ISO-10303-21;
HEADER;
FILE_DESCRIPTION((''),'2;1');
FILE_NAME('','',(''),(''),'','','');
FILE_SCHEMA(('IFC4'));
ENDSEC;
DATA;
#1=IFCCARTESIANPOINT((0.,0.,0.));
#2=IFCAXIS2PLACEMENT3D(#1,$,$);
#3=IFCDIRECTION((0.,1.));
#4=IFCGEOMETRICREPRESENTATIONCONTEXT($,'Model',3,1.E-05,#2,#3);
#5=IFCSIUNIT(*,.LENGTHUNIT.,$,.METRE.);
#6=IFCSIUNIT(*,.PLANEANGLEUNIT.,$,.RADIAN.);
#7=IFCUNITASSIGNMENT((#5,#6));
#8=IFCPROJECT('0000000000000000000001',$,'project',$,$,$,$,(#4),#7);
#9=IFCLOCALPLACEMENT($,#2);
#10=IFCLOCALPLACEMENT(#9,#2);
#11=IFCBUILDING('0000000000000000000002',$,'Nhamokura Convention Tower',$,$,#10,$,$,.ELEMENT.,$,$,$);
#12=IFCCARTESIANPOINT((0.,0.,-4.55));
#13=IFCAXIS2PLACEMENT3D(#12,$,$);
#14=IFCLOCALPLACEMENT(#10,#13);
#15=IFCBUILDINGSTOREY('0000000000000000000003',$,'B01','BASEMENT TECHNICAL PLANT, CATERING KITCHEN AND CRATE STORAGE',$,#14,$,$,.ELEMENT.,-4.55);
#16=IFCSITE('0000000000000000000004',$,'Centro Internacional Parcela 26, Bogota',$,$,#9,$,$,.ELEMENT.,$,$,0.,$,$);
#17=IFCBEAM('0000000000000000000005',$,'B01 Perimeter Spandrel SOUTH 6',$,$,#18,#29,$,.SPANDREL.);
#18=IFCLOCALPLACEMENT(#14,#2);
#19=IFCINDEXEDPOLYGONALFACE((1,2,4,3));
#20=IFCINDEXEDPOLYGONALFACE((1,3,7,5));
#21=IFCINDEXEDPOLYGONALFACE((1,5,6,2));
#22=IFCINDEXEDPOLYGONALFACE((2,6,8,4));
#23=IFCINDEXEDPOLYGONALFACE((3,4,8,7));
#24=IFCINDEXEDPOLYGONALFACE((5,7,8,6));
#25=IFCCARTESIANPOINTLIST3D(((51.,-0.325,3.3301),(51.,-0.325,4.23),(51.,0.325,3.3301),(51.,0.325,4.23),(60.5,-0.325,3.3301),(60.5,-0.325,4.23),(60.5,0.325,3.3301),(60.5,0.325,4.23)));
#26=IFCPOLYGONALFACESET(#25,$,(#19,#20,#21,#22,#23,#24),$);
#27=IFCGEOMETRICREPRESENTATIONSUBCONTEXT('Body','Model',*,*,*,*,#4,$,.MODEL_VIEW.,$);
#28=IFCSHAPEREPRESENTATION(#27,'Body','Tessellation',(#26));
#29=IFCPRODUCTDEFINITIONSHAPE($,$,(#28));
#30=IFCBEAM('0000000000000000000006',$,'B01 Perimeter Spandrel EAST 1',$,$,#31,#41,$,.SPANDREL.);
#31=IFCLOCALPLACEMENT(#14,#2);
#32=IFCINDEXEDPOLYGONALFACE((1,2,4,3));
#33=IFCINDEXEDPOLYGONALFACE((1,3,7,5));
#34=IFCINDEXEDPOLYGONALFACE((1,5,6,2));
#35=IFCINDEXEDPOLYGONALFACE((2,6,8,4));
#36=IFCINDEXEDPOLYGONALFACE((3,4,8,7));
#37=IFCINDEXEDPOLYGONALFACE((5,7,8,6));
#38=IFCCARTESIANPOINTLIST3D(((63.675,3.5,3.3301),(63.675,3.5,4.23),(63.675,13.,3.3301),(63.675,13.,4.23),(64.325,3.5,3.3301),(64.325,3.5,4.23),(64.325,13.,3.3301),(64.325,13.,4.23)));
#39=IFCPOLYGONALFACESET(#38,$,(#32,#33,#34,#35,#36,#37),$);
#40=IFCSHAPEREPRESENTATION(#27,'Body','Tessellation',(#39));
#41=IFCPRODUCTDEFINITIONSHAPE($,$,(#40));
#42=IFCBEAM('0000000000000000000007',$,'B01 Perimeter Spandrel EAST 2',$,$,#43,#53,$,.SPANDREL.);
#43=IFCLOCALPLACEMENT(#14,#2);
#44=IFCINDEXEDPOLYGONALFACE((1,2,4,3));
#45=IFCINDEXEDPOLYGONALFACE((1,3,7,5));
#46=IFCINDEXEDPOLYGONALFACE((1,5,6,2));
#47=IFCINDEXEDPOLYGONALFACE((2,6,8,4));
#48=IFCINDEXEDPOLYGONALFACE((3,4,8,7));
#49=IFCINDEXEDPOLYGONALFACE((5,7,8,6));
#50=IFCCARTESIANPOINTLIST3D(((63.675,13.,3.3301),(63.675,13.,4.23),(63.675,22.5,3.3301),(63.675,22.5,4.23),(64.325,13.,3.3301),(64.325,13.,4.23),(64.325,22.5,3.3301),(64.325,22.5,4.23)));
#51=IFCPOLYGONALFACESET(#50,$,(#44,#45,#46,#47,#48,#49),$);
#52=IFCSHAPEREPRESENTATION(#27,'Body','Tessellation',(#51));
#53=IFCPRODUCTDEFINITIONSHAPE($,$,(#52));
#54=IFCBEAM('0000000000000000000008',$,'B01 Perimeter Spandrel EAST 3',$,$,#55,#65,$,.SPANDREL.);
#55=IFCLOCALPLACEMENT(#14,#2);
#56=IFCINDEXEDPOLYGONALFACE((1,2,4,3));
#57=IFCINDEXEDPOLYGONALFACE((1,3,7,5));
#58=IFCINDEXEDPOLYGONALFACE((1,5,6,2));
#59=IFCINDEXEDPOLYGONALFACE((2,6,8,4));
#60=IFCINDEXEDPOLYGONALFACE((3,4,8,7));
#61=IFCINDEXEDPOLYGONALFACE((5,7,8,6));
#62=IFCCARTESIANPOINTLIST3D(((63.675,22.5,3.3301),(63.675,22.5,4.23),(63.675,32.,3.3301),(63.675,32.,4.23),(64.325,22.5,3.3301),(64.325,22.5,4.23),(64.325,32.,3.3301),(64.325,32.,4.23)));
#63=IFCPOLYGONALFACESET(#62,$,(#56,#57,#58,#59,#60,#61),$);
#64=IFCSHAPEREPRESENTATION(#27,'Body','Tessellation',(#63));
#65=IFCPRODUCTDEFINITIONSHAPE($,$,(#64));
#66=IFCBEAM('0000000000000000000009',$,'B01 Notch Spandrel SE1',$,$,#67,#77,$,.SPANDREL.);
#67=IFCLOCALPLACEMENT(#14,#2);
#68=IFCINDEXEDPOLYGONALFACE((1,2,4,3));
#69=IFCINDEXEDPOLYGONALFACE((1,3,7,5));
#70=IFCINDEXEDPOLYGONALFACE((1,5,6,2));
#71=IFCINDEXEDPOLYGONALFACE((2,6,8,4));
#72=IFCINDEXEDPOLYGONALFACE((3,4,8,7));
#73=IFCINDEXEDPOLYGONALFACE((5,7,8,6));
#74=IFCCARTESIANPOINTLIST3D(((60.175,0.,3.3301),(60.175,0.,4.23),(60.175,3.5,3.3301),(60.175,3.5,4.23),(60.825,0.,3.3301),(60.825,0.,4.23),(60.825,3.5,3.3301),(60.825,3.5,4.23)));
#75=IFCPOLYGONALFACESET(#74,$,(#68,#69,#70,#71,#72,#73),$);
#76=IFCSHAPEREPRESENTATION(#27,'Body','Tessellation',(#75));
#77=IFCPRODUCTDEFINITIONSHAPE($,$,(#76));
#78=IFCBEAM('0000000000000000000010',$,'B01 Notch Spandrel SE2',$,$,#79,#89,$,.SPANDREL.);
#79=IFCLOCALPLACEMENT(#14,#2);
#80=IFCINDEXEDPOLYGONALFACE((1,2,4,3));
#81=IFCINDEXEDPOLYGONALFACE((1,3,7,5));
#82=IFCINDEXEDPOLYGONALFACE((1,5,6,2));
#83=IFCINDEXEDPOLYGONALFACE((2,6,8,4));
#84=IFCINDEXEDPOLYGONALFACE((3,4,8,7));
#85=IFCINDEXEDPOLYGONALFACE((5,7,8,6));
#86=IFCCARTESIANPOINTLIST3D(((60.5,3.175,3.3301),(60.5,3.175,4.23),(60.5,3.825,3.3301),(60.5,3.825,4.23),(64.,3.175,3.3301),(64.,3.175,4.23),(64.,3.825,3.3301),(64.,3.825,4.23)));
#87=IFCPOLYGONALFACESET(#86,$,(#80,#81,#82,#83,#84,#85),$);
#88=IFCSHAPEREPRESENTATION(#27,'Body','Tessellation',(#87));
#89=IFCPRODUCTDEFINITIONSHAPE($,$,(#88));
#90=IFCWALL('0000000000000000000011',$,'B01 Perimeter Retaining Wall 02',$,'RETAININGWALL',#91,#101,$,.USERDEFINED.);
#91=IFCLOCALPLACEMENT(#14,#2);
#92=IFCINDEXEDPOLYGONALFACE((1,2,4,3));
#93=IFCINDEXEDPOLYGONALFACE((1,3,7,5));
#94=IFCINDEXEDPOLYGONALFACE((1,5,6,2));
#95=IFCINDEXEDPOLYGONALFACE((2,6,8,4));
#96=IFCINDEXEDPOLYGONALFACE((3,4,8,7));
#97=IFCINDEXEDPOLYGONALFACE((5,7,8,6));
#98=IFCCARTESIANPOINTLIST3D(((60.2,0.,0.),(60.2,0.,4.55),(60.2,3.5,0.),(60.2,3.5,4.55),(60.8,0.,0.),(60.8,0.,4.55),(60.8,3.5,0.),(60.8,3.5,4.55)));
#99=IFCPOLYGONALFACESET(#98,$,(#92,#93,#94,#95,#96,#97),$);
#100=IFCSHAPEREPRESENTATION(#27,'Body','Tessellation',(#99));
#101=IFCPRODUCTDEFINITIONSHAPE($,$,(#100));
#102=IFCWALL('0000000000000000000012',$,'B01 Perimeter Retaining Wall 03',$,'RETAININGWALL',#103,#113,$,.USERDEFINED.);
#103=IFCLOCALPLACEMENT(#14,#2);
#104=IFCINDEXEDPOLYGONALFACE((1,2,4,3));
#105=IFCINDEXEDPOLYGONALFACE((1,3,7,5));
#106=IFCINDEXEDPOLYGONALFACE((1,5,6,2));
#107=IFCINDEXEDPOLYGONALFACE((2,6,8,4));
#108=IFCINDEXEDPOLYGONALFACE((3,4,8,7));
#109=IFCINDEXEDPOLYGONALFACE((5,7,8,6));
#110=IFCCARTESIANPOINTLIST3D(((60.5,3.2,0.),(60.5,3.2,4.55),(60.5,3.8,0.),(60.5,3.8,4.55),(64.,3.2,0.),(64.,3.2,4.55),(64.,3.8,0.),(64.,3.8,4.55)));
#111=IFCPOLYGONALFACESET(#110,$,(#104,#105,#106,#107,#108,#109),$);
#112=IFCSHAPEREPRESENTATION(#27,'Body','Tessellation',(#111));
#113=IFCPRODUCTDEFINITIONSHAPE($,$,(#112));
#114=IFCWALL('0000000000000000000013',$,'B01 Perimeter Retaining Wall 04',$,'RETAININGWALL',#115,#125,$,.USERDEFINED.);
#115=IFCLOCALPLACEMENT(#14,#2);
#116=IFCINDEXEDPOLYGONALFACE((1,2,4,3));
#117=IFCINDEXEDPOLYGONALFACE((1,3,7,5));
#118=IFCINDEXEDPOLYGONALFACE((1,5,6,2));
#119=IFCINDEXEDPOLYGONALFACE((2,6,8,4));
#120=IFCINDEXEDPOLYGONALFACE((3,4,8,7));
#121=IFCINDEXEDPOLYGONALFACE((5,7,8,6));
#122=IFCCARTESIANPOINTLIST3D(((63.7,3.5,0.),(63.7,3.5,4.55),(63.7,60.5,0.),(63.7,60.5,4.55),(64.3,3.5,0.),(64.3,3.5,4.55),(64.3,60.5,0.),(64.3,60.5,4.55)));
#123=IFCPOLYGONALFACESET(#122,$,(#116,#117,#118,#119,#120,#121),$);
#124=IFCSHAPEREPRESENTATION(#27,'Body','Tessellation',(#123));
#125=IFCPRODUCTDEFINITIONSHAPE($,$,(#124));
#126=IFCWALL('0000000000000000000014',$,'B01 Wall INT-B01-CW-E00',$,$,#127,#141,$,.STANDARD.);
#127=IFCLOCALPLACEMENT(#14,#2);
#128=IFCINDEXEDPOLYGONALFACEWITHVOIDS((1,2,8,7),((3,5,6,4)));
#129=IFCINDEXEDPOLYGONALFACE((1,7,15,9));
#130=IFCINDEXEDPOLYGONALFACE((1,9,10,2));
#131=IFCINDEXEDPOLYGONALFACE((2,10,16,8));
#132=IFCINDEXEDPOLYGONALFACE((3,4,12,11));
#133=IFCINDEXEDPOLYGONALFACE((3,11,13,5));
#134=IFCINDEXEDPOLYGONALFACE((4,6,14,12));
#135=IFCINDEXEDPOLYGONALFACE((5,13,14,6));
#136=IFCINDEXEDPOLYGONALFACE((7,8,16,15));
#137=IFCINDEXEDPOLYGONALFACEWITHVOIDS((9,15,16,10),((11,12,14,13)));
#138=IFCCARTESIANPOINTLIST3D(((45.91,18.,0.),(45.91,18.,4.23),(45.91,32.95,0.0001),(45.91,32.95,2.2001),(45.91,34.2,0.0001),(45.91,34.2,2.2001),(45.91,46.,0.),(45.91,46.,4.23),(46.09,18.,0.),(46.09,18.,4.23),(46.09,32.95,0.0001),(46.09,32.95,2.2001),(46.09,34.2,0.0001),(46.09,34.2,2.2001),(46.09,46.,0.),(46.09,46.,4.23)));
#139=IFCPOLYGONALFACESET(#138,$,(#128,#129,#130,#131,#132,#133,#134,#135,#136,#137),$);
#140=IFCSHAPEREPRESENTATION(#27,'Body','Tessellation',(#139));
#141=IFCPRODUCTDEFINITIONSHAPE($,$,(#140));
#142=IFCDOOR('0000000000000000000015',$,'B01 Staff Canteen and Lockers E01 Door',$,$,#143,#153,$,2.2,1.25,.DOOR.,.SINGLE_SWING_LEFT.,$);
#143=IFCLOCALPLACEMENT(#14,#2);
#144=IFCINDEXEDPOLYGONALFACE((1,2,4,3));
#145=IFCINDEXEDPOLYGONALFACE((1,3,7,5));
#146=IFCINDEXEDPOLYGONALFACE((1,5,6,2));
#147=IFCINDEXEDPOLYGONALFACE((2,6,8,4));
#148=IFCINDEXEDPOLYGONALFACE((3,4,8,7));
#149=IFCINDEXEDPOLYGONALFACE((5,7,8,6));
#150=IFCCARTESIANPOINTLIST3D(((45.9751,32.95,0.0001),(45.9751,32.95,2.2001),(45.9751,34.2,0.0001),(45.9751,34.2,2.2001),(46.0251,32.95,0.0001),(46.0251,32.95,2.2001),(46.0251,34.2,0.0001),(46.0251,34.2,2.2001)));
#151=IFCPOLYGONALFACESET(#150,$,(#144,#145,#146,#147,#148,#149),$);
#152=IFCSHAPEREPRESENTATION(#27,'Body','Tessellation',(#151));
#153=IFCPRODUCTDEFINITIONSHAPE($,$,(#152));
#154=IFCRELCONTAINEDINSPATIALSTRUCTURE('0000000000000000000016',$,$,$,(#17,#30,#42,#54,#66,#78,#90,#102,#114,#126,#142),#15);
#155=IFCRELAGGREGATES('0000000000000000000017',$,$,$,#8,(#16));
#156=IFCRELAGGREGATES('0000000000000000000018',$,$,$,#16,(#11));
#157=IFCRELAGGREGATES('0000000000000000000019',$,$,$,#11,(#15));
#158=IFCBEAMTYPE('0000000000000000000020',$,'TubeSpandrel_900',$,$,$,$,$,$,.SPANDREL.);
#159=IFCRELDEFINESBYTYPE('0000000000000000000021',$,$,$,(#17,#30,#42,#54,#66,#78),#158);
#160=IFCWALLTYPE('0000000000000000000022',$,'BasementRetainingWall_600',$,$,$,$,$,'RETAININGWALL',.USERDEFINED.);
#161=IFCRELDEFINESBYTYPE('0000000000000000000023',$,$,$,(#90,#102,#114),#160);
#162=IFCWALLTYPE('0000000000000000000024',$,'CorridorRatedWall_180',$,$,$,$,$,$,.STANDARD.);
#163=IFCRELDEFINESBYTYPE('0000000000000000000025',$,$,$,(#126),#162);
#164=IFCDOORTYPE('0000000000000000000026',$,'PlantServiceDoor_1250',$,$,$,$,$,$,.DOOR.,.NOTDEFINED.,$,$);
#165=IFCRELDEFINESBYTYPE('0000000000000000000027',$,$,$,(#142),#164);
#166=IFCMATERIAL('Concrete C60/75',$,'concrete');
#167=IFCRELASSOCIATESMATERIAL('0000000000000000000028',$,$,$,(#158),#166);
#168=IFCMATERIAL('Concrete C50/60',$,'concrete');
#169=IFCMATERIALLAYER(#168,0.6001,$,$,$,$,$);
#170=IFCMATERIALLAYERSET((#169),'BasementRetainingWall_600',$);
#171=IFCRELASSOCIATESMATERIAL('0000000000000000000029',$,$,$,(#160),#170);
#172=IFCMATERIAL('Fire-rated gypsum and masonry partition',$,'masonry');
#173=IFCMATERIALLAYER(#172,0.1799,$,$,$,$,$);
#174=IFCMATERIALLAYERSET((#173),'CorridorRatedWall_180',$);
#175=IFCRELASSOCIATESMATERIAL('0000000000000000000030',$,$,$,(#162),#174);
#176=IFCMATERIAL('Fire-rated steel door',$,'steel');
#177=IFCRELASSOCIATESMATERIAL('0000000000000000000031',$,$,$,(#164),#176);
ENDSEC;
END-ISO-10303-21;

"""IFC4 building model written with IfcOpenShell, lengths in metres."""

from ifc_helpers import new_model, si_unit, direction, frame, frame_2d, origin, origin_2d, place, context, subcontext, project, spatial, rectangle, extrude, material, layer, layer_set, material_profile, profile_set, type_object, element, fill, save


model = new_model("IFC4")

# Units and contexts
model_context = context("Model", 3, precision=1e-05, world=origin(), true_north=direction((0.0, 1.0)))
body_context = subcontext(model_context, "Body", "Model", "MODEL_VIEW")
ifc_project = project(units=[si_unit("LENGTHUNIT", "METRE"), si_unit("PLANEANGLEUNIT", "RADIAN")], contexts=[model_context])

# Site, building, storey
site_placement = place(None, origin())
site = spatial("IfcSite", under=ifc_project, at=site_placement, Name="Centro Internacional Parcela 26, Bogota", CompositionType="ELEMENT", RefElevation=0.0)
building_placement = place(site_placement, origin())
building = spatial("IfcBuilding", under=site, at=building_placement, Name="Nhamokura Convention Tower", CompositionType="ELEMENT")
storey_placement = place(building_placement, frame((0.0, 0.0, -4.55)))
storey = spatial("IfcBuildingStorey", under=building, at=storey_placement, Name="B01", Description="BASEMENT TECHNICAL PLANT, CATERING KITCHEN AND CRATE STORAGE", CompositionType="ELEMENT", Elevation=-4.55)

# Beams
ifc_material_1 = material(Name="Concrete C60/75", Category="concrete")
ifc_material_profile_1 = material_profile(ifc_material_1, rectangle(XDim=0.6499, YDim=0.8999, at=origin_2d()))
ifc_profile_set_1 = profile_set([ifc_material_profile_1], Name="Concrete C60/75")
beam_type_1 = type_object("IfcBeamType", Name="TubeSpandrel_900", PredefinedType="SPANDREL", material=ifc_profile_set_1)
for number, where, z_axis, x_axis, name in (
    (1, (51.0, 0.0, 3.78), (1.0, 0.0, 0.0), (0.0, 1.0, 0.0), "B01 Perimeter Spandrel SOUTH 6"),
    (2, (64.0, 3.5, 3.78), (0.0, 1.0, 0.0), (-1.0, 0.0, 0.0), "B01 Perimeter Spandrel EAST 1"),
    (3, (64.0, 13.0, 3.78), (0.0, 1.0, 0.0), (-1.0, 0.0, 0.0), "B01 Perimeter Spandrel EAST 2"),
    (4, (64.0, 22.5, 3.78), (0.0, 1.0, 0.0), (-1.0, 0.0, 0.0), "B01 Perimeter Spandrel EAST 3"),
):
    element("IfcBeam", number, at=place(storey_placement, frame(where, z_axis=z_axis, x_axis=x_axis)), inside=storey, type_object=beam_type_1, Name=name, PredefinedType="SPANDREL", context=body_context, shape_type="SweptSolid", body=[
        extrude(rectangle(XDim=0.6499, YDim=0.8999, at=origin_2d()), origin(), (0.0, 0.0, 1.0), 9.5),
    ])
for number, where, z_axis, x_axis, name in (
    (5, (60.5, 0.0, 3.78), (0.0, 1.0, 0.0), (-1.0, 0.0, 0.0), "B01 Notch Spandrel SE1"),
    (6, (60.5, 3.5, 3.78), (1.0, 0.0, 0.0), (0.0, 1.0, 0.0), "B01 Notch Spandrel SE2"),
):
    element("IfcBeam", number, at=place(storey_placement, frame(where, z_axis=z_axis, x_axis=x_axis)), inside=storey, type_object=beam_type_1, Name=name, PredefinedType="SPANDREL", context=body_context, shape_type="SweptSolid", body=[
        extrude(rectangle(XDim=0.6499, YDim=0.8999, at=origin_2d()), origin(), (0.0, 0.0, 1.0), 3.5),
    ])

# Walls
ifc_material_2 = material(Name="Concrete C50/60", Category="concrete")
ifc_layer_1 = layer(ifc_material_2, 0.6001)
ifc_layer_set_1 = layer_set([ifc_layer_1], Name="BasementRetainingWall_600")
wall_type_1 = type_object("IfcWallType", Name="BasementRetainingWall_600", ElementType="RETAININGWALL", PredefinedType="USERDEFINED", material=ifc_layer_set_1)
for number, where, z_axis, x_axis, name in (
    (7, (60.5, 0.0, 0.0), (0.0, 0.0, 1.0), (0.0, 1.0, 0.0), "B01 Perimeter Retaining Wall 02"),
    (8, (60.5, 3.5, 0.0), (0.0, 0.0, 1.0), (1.0, 0.0, 0.0), "B01 Perimeter Retaining Wall 03"),
):
    element("IfcWall", number, at=place(storey_placement, frame(where, z_axis=z_axis, x_axis=x_axis)), inside=storey, type_object=wall_type_1, Name=name, ObjectType="RETAININGWALL", PredefinedType="USERDEFINED", context=body_context, shape_type="SweptSolid", body=[
        extrude(rectangle(XDim=3.5, YDim=0.6001, at=frame_2d((1.75, 0.0))), origin(), (0.0, 0.0, 1.0), 4.55),
    ])
wall_1_placement = place(storey_placement, frame((64.0, 3.5, 0.0), z_axis=(0.0, 0.0, 1.0), x_axis=(0.0, 1.0, 0.0)))
element("IfcWall", 9, at=wall_1_placement, inside=storey, type_object=wall_type_1, Name="B01 Perimeter Retaining Wall 04", ObjectType="RETAININGWALL", PredefinedType="USERDEFINED", context=body_context, shape_type="SweptSolid", body=[
    extrude(rectangle(XDim=57.0, YDim=0.6001, at=frame_2d((28.5, 0.0))), origin(), (0.0, 0.0, 1.0), 4.55),
])

# Wall, opening, door
ifc_material_3 = material(Name="Fire-rated gypsum and masonry partition", Category="masonry")
ifc_layer_2 = layer(ifc_material_3, 0.1799)
ifc_layer_set_2 = layer_set([ifc_layer_2], Name="CorridorRatedWall_180")
wall_type_2 = type_object("IfcWallType", Name="CorridorRatedWall_180", PredefinedType="STANDARD", material=ifc_layer_set_2)
wall_2_placement = place(storey_placement, frame((46.0, 18.0, 0.0), z_axis=(0.0, 0.0, 1.0), x_axis=(0.0, 1.0, 0.0)))
wall_2 = element("IfcWall", 10, at=wall_2_placement, inside=storey, type_object=wall_type_2, Name="B01 Wall INT-B01-CW-E00", PredefinedType="STANDARD", context=body_context, shape_type="SweptSolid", body=[
    extrude(rectangle(XDim=28.0, YDim=0.1799, at=frame_2d((14.0, 0.0))), origin(), (0.0, 0.0, 1.0), 4.23),
])
opening_1_placement = place(wall_2_placement, frame((14.95, 0.0, 0.0)))
opening_1 = element("IfcOpeningElement", 11, at=opening_1_placement, cuts=wall_2, PredefinedType="OPENING", context=body_context, shape_type="SweptSolid", body=[
    extrude(rectangle(XDim=1.25, YDim=2.2, at=frame_2d((0.625, 1.1001))), frame((0.0, 0.0999, 0.0), z_axis=(0.0, -1.0, 0.0), x_axis=(1.0, 0.0, 0.0)), (0.0, 0.0, 1.0), 0.2),
])
ifc_material_4 = material(Name="Fire-rated steel door", Category="steel")
door_type_1 = type_object("IfcDoorType", Name="PlantServiceDoor_1250", OperationType="NOTDEFINED", PredefinedType="DOOR", material=ifc_material_4)
door_1_placement = place(opening_1_placement, origin())
door_1 = element("IfcDoor", 12, at=door_1_placement, inside=storey, type_object=door_type_1, Name="B01 Staff Canteen and Lockers E01 Door", OperationType="SINGLE_SWING_LEFT", OverallHeight=2.2, OverallWidth=1.25, PredefinedType="DOOR", context=body_context, shape_type="SweptSolid", body=[
    extrude(rectangle(XDim=1.25, YDim=2.2, at=frame_2d((0.625, 1.1001))), frame((0.0, 0.0249, 0.0), z_axis=(0.0, -1.0, 0.0), x_axis=(1.0, 0.0, 0.0)), (0.0, 0.0, 1.0), 0.05),
])
fill(opening_1, door_1)

save(model, "model.ifc")
